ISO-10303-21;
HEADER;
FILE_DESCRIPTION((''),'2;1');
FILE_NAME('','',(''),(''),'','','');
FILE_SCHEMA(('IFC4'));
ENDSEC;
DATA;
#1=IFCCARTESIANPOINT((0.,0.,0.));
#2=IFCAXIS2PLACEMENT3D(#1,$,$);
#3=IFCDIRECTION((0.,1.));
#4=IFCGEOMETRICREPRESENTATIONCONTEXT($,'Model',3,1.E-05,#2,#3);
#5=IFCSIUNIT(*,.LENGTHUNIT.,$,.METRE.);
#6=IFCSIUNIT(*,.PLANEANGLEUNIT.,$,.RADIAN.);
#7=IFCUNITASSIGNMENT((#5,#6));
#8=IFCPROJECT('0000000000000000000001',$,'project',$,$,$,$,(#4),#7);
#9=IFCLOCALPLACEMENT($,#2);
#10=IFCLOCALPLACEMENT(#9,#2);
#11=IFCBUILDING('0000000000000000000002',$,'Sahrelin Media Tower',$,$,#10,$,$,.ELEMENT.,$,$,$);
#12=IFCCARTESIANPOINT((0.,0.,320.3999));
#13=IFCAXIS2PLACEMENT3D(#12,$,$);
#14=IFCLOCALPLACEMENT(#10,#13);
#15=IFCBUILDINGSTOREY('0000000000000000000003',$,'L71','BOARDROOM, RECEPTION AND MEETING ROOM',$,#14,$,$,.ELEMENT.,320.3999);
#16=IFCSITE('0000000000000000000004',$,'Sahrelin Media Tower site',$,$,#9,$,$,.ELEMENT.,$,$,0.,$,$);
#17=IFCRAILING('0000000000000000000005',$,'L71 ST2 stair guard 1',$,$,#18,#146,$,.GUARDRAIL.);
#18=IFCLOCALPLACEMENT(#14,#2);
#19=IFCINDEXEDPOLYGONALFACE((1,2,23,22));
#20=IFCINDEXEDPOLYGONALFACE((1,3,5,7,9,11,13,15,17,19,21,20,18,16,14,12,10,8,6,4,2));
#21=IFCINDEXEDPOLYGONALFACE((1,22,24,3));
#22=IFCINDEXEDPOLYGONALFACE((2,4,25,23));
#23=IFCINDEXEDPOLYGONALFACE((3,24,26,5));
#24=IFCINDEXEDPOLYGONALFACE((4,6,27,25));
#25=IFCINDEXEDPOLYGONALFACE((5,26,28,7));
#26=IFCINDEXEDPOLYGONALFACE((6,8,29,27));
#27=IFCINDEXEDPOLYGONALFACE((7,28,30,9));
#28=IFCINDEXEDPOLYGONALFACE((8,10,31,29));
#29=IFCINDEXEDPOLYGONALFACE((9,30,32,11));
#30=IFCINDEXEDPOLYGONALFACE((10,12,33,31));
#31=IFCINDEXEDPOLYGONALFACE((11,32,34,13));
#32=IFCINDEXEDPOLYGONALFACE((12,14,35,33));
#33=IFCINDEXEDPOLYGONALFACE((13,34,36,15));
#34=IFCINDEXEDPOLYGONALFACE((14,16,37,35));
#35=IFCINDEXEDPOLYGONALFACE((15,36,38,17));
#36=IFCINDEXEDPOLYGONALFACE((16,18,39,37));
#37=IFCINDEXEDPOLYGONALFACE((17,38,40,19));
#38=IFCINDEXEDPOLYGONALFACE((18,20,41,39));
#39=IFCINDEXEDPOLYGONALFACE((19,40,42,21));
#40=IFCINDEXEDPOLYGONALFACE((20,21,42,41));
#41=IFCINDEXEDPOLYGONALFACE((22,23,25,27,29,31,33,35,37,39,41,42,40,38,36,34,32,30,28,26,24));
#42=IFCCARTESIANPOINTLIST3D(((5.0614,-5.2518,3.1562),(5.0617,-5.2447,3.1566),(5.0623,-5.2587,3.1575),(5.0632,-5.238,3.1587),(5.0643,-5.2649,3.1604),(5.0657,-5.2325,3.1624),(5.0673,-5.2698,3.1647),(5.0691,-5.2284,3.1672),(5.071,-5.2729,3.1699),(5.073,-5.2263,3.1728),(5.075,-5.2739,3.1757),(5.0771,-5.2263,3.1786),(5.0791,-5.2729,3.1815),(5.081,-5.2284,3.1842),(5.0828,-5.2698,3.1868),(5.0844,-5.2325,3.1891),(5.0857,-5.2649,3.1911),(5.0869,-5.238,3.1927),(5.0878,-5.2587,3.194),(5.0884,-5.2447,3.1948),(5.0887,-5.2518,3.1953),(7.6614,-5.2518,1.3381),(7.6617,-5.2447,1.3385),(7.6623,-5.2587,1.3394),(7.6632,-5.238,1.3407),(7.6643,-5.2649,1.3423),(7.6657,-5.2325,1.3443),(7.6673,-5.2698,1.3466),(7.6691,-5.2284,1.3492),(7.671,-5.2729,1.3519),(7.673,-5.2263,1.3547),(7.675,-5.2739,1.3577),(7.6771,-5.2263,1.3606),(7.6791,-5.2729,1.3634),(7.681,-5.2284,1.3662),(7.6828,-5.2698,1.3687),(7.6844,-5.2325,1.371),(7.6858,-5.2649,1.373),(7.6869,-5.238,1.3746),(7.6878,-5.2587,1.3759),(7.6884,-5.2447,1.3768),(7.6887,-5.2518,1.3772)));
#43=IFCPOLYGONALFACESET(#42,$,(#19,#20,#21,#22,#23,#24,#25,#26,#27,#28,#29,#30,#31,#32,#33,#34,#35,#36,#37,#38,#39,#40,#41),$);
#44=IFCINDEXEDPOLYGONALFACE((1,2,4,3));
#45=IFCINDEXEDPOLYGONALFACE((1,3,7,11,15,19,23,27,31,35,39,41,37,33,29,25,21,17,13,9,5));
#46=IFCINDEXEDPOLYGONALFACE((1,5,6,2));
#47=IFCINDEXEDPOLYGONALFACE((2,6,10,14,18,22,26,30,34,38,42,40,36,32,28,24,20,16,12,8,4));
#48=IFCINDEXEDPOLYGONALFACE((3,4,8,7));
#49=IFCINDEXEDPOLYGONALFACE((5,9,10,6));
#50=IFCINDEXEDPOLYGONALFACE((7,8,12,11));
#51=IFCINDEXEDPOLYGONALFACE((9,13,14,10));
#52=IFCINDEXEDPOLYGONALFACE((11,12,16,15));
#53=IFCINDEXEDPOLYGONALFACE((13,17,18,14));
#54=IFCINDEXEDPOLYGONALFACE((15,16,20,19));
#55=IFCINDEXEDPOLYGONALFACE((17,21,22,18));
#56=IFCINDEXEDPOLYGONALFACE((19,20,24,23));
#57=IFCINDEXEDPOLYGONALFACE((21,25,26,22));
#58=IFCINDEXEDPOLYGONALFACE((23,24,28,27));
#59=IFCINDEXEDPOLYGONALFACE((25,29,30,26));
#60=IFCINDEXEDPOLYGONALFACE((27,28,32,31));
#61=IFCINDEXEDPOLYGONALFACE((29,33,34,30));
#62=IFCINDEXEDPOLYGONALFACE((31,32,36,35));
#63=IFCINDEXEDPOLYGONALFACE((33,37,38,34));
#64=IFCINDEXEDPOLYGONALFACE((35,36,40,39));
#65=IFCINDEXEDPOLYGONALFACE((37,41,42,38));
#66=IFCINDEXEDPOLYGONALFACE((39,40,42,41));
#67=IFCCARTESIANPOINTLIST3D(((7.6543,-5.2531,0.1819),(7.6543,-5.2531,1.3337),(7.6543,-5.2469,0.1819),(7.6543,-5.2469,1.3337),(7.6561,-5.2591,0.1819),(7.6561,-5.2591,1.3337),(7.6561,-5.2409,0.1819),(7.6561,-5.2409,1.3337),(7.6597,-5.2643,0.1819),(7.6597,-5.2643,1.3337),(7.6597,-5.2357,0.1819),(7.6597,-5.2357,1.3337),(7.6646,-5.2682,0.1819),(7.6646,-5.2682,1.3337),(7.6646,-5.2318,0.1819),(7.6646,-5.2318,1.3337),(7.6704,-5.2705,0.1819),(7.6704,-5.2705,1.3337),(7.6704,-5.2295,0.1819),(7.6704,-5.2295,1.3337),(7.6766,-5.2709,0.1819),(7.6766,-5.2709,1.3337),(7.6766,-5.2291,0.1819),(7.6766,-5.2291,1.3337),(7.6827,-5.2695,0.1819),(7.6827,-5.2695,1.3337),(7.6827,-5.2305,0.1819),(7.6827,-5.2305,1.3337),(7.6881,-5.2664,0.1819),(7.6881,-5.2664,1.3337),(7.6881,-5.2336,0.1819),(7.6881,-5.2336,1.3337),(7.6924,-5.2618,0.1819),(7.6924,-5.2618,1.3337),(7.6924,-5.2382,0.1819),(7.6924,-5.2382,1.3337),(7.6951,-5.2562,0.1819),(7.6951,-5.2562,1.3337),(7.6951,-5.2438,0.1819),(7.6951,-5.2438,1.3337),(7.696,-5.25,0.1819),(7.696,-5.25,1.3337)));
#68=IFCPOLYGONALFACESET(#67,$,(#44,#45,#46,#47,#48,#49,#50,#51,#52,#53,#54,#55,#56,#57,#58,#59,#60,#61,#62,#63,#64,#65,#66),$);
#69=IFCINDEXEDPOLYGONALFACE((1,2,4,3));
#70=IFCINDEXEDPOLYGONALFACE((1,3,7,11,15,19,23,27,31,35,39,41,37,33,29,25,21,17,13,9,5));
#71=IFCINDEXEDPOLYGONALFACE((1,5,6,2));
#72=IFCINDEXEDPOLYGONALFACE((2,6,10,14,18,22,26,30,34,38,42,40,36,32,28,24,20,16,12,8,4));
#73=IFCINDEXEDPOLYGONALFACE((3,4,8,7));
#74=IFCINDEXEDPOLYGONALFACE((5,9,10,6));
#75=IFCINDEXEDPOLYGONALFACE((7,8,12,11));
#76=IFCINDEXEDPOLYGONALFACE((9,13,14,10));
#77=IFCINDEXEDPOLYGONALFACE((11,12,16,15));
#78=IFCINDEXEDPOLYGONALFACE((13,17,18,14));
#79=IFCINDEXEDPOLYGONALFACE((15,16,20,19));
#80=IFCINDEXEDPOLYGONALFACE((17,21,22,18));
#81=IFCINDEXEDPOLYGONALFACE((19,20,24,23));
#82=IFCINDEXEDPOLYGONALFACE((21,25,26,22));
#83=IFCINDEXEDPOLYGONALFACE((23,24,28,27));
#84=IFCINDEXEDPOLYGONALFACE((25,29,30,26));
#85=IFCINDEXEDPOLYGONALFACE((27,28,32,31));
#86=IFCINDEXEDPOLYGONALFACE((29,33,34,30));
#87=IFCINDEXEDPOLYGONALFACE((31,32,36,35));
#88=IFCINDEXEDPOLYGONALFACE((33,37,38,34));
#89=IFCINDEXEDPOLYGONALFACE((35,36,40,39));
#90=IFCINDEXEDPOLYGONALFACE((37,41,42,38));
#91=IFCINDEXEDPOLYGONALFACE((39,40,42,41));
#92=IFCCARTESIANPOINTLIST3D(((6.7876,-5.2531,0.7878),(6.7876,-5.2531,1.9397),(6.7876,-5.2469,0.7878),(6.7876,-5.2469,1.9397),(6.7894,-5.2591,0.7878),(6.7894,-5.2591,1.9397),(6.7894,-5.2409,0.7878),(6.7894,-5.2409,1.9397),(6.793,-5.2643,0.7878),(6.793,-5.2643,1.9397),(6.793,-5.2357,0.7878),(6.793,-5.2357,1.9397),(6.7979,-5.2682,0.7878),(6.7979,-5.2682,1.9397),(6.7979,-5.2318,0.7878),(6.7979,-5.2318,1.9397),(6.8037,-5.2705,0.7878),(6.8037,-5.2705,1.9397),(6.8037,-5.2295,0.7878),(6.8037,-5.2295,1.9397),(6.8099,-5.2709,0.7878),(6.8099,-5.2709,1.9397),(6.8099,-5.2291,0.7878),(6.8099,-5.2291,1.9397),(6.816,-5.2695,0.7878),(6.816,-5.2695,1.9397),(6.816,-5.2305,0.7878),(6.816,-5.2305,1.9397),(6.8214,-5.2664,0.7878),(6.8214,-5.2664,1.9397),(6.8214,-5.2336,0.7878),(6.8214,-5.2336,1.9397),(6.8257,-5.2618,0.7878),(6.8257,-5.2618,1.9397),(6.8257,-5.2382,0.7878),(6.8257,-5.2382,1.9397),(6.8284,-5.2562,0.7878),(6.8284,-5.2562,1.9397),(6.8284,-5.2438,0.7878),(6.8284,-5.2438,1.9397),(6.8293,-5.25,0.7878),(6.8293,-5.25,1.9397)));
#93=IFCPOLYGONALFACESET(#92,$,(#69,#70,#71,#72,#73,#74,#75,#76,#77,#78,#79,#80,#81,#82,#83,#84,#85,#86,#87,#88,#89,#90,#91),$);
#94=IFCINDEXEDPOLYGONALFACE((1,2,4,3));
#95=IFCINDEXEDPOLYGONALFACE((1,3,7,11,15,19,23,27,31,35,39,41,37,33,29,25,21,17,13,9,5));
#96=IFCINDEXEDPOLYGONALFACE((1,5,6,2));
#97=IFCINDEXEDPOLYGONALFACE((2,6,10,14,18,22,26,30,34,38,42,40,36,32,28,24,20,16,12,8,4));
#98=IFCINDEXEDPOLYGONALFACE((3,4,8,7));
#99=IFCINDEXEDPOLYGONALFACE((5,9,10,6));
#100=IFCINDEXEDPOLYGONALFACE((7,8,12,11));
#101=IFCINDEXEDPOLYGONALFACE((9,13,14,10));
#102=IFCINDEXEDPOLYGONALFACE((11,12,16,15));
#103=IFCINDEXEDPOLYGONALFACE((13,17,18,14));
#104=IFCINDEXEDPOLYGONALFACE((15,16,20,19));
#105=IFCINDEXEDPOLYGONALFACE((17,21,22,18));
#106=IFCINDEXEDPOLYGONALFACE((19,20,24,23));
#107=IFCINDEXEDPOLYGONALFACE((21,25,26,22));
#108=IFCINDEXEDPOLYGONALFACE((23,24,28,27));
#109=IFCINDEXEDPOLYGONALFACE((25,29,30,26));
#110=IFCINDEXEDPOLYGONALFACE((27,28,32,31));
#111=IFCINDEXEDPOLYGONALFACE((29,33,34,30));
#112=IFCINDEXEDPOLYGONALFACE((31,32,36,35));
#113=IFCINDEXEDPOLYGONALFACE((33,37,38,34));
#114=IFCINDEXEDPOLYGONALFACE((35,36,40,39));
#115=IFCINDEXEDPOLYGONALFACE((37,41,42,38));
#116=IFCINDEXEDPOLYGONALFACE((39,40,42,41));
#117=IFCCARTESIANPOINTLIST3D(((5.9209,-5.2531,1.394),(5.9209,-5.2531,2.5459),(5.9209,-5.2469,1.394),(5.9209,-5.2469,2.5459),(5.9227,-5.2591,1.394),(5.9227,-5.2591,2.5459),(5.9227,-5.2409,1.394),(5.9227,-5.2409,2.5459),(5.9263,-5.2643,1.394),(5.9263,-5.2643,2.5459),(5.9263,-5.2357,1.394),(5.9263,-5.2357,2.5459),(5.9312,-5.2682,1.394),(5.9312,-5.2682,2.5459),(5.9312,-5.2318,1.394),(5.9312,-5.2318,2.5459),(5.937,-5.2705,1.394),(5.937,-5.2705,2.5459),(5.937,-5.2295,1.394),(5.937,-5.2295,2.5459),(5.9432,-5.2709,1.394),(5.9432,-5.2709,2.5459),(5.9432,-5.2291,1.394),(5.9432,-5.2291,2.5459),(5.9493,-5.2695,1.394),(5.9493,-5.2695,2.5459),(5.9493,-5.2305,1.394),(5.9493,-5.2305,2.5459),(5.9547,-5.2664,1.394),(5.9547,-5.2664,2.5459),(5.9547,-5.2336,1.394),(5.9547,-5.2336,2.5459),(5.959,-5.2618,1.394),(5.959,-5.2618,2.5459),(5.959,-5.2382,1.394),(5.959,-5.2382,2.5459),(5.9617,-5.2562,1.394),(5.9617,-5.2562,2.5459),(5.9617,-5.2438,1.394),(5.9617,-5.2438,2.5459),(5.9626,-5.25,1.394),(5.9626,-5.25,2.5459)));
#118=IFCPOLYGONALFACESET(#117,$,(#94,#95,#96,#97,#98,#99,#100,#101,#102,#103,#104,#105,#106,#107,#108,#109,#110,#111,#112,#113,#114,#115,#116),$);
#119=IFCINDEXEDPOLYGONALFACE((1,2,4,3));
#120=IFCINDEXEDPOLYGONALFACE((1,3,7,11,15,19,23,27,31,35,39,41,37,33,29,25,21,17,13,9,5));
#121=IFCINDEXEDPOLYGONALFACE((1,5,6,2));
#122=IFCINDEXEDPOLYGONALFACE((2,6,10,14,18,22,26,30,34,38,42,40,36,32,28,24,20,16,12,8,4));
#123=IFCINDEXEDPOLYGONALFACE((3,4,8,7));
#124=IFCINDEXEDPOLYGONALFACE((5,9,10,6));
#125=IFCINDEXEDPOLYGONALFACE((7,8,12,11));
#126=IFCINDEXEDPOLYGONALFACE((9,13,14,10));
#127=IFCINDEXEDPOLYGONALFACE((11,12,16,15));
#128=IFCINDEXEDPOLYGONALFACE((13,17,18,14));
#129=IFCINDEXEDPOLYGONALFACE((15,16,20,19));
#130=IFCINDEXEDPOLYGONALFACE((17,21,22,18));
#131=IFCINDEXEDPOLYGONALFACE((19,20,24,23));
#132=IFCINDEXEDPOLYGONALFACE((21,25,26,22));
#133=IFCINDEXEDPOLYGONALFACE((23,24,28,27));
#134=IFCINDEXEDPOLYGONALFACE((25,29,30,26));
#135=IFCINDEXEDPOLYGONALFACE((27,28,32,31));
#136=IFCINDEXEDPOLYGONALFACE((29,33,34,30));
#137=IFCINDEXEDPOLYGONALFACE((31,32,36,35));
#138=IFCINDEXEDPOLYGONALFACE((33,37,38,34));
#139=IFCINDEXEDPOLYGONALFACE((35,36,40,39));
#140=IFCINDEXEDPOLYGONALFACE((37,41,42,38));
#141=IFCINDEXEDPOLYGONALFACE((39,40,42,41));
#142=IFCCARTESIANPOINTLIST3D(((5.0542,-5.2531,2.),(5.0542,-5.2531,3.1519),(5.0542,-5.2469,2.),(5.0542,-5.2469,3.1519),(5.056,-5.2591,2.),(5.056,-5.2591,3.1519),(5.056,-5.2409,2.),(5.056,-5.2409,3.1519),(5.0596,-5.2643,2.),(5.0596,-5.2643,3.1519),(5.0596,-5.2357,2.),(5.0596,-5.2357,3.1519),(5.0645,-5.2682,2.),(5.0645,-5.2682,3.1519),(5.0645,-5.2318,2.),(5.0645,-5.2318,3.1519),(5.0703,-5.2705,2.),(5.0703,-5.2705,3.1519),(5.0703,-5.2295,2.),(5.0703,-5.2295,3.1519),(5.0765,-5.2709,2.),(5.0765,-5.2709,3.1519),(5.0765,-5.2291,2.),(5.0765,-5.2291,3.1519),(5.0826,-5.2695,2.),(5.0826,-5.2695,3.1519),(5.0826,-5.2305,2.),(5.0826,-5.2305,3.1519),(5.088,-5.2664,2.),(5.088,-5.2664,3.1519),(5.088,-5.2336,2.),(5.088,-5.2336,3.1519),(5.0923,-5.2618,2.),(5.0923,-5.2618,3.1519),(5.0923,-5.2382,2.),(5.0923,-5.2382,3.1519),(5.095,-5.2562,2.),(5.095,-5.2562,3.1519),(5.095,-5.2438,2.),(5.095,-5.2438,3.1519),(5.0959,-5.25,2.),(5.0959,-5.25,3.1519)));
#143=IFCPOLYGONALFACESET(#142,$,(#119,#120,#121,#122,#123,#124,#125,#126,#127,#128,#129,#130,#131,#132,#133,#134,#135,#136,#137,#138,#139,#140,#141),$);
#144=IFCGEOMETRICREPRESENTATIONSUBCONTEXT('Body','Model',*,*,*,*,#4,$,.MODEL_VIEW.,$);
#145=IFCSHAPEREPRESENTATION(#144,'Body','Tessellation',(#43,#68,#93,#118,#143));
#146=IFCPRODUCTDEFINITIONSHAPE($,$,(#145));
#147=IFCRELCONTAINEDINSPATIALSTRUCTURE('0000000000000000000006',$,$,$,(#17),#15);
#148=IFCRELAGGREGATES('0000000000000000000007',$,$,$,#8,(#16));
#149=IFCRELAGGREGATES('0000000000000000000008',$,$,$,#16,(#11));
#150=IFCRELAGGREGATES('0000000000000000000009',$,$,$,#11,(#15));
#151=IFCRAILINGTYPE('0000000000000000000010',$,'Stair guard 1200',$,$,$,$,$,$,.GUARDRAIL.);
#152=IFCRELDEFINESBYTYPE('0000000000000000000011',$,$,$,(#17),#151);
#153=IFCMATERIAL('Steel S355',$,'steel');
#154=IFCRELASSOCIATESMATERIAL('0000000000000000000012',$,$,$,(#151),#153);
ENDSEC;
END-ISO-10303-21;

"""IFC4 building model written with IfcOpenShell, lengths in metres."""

from ifc_helpers import new_model, si_unit, direction, frame, origin, origin_2d, place, context, subcontext, project, spatial, circle, extrude, material, type_object, element, save


model = new_model("IFC4")

# Units and contexts
model_context = context("Model", 3, precision=1e-05, world=origin(), true_north=direction((0.0, 1.0)))
body_context = subcontext(model_context, "Body", "Model", "MODEL_VIEW")
ifc_project = project(units=[si_unit("LENGTHUNIT", "METRE"), si_unit("PLANEANGLEUNIT", "RADIAN")], contexts=[model_context])

# Site, building, storey
site_placement = place(None, origin())
site = spatial("IfcSite", under=ifc_project, at=site_placement, Name="Sahrelin Media Tower site", CompositionType="ELEMENT", RefElevation=0.0)
building_placement = place(site_placement, origin())
building = spatial("IfcBuilding", under=site, at=building_placement, Name="Sahrelin Media Tower", CompositionType="ELEMENT")
storey_placement = place(building_placement, frame((0.0, 0.0, 320.3999)))
storey = spatial("IfcBuildingStorey", under=building, at=storey_placement, Name="L71", Description="BOARDROOM, RECEPTION AND MEETING ROOM", CompositionType="ELEMENT", Elevation=320.3999)

# Shared definitions
ifc_material_1 = material(Name="Steel S355", Category="steel")

# Railing
railing_type_1 = type_object("IfcRailingType", Name="Stair guard 1200", PredefinedType="GUARDRAIL", material=ifc_material_1)
railing_1_placement = place(storey_placement, frame((7.675, -5.25, 0.1819)))
element("IfcRailing", 1, at=railing_1_placement, inside=storey, type_object=railing_type_1, Name="L71 ST2 stair guard 1", PredefinedType="GUARDRAIL", context=body_context, shape_type="SweptSolid", body=[
    extrude(circle(Radius=0.0239, at=origin_2d()), frame((0.0, 0.0, 1.1758), z_axis=(-0.819521, 0.0, 0.573049), x_axis=(0.0, -1.0, 0.0)), (0.0, 0.0, 1.0), 3.1726),
    extrude(circle(Radius=0.021, at=origin_2d()), origin(), (0.0, 0.0, 1.0), 1.1519),
    extrude(circle(Radius=0.021, at=origin_2d()), frame((-0.8667, 0.0, 0.606)), (0.0, 0.0, 1.0), 1.1519),
    extrude(circle(Radius=0.021, at=origin_2d()), frame((-1.7334, 0.0, 1.2122)), (0.0, 0.0, 1.0), 1.1519),
    extrude(circle(Radius=0.021, at=origin_2d()), frame((-2.6001, 0.0, 1.8181)), (0.0, 0.0, 1.0), 1.1519),
])

save(model, "model.ifc")
